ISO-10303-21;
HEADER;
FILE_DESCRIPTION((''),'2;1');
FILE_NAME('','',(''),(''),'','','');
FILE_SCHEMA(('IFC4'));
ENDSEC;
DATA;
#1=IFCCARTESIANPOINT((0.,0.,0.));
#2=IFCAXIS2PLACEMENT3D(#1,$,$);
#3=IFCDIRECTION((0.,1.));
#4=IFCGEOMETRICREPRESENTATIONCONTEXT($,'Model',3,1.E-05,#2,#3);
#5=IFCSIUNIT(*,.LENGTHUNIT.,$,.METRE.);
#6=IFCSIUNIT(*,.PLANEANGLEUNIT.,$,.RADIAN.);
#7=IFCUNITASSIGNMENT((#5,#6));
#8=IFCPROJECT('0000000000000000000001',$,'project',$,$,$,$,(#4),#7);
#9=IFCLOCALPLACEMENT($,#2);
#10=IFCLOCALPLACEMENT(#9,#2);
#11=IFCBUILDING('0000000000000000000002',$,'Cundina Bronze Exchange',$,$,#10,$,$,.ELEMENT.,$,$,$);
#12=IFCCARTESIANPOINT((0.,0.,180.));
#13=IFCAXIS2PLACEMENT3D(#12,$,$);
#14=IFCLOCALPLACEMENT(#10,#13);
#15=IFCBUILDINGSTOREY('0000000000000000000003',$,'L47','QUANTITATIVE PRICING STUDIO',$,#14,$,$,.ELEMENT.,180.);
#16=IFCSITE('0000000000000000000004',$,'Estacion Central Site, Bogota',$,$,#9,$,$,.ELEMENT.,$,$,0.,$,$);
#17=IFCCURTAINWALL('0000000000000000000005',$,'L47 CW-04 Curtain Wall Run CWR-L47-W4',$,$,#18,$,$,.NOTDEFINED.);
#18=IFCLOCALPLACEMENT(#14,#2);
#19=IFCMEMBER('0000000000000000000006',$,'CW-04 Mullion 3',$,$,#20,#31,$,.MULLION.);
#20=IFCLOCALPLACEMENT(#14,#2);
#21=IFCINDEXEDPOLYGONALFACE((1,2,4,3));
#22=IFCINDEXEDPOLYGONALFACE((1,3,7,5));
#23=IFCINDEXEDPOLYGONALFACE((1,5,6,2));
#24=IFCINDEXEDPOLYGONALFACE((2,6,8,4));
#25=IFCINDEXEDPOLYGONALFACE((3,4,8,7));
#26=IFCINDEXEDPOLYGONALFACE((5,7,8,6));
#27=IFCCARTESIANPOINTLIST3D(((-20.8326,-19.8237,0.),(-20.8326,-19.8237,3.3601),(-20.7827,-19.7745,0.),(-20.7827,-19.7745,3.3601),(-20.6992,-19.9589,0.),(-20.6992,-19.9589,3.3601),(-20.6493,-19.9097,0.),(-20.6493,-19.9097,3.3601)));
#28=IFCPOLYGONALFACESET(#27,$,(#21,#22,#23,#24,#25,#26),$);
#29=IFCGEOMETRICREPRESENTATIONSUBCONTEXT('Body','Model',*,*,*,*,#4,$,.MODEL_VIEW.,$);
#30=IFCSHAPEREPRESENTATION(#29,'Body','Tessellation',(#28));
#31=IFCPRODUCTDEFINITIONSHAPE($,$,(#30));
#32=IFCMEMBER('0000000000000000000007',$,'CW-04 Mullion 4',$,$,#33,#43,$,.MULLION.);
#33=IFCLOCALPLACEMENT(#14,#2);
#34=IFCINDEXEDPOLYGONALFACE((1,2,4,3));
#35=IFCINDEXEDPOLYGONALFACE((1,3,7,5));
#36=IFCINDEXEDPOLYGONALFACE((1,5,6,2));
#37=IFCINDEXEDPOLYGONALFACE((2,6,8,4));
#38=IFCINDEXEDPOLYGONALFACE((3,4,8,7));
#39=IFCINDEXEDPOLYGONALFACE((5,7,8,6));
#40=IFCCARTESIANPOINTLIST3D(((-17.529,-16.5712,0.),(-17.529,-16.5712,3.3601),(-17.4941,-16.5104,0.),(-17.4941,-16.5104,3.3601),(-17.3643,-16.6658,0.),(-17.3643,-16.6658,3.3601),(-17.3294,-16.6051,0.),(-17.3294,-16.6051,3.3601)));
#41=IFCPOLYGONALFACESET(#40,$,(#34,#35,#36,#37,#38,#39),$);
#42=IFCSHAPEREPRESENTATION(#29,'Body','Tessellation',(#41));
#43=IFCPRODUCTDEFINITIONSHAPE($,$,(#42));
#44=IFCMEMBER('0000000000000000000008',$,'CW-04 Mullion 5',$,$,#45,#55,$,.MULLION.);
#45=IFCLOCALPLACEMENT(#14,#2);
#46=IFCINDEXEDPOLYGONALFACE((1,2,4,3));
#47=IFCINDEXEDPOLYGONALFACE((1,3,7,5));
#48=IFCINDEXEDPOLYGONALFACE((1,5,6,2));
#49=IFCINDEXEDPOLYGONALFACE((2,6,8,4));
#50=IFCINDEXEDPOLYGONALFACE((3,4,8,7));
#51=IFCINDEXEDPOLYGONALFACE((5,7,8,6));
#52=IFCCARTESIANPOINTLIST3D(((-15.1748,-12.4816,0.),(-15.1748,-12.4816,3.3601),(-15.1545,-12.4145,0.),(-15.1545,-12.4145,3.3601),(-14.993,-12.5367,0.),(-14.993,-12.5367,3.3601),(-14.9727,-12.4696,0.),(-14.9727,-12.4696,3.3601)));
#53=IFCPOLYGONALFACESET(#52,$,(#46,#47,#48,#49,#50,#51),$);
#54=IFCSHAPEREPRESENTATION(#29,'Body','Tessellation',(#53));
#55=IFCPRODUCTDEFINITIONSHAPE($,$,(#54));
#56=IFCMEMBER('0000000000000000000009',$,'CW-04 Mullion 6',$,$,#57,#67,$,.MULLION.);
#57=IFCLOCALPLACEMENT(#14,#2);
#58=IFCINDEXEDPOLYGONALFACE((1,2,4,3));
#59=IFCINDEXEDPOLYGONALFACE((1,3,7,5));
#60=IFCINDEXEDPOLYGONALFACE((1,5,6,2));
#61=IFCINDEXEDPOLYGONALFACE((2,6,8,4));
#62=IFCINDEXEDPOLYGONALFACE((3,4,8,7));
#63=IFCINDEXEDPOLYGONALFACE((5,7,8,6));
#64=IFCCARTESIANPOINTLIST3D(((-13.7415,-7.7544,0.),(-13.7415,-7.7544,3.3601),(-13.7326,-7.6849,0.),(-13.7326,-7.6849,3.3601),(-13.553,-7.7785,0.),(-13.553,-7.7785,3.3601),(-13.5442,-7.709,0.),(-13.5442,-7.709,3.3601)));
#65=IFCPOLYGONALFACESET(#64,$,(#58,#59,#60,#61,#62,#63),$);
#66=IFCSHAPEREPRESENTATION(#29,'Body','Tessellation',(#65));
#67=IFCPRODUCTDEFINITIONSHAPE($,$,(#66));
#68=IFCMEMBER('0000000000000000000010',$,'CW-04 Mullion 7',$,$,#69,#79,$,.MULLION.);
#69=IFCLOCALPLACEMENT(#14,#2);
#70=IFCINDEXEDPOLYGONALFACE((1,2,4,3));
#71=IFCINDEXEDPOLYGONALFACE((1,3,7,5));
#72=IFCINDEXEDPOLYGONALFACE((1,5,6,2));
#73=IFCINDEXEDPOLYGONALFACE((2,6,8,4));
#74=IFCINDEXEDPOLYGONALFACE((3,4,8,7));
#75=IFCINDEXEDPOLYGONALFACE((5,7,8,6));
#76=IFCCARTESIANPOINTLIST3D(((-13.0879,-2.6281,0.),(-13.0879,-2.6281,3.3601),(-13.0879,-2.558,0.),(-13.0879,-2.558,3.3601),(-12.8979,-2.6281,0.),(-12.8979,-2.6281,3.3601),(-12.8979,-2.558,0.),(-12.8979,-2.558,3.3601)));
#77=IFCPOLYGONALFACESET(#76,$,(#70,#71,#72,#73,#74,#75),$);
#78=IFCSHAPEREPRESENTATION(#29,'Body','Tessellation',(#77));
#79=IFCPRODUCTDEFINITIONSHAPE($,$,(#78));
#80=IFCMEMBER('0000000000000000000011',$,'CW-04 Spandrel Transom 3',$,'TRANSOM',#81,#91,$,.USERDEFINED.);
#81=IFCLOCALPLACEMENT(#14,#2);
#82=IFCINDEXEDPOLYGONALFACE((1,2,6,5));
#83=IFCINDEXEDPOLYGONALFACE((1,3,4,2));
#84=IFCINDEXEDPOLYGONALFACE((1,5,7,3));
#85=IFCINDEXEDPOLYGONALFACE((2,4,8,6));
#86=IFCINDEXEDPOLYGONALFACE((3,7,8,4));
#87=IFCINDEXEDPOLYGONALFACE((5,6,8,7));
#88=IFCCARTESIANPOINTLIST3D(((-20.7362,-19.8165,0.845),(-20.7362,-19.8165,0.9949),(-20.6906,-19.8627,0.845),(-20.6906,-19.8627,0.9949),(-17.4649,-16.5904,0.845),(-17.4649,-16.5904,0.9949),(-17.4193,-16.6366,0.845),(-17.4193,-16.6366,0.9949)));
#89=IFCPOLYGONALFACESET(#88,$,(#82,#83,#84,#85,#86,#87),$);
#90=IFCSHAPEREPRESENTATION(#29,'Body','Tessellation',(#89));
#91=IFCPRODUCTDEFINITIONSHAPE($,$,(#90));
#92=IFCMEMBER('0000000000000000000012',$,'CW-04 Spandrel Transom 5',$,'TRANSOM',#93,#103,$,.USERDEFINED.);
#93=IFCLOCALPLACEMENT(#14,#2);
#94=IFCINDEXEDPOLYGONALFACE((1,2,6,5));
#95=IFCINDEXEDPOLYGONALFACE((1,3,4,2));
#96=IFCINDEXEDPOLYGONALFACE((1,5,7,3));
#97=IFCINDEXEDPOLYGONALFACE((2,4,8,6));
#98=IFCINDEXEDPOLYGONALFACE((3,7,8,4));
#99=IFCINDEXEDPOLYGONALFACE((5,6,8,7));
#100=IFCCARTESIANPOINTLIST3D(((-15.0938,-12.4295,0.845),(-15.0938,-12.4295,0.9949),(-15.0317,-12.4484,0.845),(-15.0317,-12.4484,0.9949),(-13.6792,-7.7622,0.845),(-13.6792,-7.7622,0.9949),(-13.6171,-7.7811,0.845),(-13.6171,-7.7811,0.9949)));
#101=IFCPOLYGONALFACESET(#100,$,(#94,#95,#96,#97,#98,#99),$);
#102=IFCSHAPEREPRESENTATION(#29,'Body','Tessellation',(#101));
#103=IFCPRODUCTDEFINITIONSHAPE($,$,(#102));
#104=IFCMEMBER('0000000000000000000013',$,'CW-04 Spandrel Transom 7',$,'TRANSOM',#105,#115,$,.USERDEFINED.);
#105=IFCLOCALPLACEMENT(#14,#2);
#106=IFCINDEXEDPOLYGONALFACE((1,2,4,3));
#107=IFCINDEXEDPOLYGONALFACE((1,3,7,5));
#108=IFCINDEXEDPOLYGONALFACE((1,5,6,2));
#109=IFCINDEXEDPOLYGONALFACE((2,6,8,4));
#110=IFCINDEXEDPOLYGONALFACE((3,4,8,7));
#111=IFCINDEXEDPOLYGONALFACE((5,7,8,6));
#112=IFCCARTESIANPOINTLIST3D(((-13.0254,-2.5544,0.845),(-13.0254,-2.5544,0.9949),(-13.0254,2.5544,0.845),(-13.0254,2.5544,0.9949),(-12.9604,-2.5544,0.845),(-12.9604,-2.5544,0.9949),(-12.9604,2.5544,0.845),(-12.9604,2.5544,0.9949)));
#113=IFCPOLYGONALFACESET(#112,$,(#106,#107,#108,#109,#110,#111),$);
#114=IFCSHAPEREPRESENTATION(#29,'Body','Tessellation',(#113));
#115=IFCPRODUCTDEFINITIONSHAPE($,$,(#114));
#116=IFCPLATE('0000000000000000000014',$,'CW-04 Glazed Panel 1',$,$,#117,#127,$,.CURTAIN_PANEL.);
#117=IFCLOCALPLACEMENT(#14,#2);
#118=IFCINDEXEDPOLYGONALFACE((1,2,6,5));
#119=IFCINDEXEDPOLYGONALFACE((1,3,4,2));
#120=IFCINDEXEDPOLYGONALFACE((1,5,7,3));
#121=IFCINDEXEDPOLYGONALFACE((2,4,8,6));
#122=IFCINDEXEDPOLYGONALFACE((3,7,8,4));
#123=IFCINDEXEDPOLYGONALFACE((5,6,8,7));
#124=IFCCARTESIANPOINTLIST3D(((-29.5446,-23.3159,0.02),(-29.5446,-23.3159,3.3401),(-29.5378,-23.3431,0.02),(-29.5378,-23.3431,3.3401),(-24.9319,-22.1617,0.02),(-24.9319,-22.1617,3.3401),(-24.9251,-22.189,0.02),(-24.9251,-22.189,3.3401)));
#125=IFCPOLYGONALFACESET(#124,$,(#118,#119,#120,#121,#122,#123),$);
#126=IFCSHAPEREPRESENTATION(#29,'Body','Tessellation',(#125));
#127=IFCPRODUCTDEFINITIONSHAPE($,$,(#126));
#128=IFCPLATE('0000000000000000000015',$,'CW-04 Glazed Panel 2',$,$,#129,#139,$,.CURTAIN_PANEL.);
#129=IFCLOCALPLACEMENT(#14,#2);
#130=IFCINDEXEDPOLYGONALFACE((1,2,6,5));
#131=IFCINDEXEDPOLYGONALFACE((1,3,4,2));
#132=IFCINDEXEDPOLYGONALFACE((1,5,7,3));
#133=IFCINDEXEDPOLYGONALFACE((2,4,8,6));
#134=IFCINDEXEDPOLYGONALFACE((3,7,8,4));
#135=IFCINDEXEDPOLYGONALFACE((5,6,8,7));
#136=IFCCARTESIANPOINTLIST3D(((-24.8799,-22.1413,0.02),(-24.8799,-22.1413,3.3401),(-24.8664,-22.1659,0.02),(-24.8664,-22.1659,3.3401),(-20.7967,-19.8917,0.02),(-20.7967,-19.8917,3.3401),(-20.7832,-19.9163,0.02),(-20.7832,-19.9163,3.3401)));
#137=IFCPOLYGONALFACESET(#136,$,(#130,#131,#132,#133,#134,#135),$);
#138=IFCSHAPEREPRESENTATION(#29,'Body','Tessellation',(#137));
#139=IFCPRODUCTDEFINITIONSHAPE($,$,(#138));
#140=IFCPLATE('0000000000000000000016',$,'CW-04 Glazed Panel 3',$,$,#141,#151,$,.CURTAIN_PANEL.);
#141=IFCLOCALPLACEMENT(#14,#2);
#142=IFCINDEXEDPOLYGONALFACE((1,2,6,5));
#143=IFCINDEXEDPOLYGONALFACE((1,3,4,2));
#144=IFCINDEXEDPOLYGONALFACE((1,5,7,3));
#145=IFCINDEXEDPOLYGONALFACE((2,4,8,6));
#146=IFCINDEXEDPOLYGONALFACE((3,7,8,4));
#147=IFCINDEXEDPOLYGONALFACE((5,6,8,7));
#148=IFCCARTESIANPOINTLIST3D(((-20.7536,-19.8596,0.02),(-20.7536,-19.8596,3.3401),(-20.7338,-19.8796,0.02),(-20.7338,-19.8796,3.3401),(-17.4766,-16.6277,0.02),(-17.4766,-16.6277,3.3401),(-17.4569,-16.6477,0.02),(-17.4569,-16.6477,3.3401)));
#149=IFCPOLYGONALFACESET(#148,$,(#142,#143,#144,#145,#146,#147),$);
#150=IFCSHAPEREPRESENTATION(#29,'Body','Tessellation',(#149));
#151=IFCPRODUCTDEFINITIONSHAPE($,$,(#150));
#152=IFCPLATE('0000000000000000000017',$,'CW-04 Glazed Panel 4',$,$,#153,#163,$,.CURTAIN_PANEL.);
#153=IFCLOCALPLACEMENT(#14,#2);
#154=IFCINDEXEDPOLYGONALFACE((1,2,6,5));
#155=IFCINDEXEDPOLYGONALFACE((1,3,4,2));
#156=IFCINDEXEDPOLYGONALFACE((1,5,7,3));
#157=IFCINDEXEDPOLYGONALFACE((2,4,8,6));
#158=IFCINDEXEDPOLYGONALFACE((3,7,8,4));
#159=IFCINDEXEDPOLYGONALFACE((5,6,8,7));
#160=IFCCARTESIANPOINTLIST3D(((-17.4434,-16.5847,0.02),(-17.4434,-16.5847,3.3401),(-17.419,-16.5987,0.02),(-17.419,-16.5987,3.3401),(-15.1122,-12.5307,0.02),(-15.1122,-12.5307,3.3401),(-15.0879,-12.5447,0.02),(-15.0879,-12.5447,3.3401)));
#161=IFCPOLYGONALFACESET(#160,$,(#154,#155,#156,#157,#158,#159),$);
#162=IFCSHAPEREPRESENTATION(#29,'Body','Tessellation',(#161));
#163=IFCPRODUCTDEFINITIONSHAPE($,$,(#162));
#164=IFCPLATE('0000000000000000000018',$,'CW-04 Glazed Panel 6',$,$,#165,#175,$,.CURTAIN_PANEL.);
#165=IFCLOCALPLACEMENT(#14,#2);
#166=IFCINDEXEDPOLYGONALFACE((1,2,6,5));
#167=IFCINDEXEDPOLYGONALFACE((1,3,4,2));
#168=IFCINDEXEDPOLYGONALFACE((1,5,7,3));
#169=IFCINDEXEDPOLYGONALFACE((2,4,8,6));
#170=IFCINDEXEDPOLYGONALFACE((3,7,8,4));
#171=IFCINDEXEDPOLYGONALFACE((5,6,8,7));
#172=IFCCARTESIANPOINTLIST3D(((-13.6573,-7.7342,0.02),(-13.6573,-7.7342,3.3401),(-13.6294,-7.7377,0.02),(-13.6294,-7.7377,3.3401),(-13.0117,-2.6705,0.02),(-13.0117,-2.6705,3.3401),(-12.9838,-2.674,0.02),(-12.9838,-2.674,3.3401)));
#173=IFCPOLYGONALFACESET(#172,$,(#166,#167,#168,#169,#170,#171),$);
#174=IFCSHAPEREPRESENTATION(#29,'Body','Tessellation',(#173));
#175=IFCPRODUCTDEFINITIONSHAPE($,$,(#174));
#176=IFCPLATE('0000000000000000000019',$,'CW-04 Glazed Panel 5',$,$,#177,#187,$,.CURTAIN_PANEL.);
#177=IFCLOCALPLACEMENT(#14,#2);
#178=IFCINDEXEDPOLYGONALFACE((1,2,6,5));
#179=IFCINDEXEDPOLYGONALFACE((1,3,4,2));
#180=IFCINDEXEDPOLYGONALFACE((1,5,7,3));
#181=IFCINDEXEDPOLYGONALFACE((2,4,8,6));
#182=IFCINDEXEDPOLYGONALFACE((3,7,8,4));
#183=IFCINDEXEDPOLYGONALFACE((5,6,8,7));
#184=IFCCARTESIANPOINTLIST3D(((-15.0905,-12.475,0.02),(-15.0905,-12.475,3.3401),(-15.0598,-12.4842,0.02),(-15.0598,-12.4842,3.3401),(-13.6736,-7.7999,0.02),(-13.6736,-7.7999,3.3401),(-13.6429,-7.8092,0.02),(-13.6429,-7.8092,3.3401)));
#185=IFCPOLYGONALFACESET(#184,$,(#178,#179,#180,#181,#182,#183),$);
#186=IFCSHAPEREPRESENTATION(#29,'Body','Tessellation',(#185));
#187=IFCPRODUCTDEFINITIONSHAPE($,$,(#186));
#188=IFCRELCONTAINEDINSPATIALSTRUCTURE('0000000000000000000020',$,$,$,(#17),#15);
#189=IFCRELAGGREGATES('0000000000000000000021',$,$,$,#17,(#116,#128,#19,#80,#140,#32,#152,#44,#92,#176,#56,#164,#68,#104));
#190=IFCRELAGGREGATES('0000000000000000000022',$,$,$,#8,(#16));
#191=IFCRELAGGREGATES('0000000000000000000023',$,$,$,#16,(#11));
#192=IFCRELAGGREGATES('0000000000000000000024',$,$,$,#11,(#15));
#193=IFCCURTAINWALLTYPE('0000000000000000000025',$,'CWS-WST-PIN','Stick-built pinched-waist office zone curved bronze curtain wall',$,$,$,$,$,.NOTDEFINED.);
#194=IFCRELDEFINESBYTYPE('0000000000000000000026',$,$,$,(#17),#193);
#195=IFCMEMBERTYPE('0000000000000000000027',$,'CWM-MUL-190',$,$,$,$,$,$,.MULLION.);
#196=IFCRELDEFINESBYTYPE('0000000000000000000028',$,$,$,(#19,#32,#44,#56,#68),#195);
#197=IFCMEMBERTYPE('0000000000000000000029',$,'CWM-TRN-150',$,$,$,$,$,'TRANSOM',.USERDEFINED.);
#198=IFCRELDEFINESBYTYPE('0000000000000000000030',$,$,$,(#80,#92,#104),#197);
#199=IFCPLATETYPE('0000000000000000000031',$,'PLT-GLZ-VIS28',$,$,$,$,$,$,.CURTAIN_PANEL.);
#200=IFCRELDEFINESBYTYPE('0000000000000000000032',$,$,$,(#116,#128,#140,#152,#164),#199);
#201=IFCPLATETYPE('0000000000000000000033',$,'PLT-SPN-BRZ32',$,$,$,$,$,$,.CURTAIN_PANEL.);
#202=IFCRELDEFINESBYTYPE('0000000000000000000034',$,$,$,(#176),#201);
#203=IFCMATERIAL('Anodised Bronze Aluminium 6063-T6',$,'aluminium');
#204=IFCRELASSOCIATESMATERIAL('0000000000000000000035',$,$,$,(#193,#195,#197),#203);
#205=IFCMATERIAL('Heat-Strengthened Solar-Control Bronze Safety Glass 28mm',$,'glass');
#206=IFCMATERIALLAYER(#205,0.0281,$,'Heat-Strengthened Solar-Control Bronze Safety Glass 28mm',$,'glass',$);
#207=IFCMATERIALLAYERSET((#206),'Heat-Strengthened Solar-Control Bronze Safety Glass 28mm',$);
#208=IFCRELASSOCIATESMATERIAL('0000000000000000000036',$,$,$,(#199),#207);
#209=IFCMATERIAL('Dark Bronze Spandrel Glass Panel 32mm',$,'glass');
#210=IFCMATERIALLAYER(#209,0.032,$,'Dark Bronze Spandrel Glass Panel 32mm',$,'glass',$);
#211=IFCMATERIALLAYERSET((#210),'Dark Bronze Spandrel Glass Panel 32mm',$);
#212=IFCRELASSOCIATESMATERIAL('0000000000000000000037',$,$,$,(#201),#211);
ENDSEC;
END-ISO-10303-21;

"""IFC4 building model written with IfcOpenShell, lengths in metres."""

from ifc_helpers import new_model, si_unit, direction, frame, origin, origin_2d, place, context, subcontext, project, spatial, rectangle, extrude, material, layer, layer_set, material_profile, profile_set, type_object, element, aggregate, save


model = new_model("IFC4")

# Units and contexts
model_context = context("Model", 3, precision=1e-05, world=origin(), true_north=direction((0.0, 1.0)))
body_context = subcontext(model_context, "Body", "Model", "MODEL_VIEW")
ifc_project = project(units=[si_unit("LENGTHUNIT", "METRE"), si_unit("PLANEANGLEUNIT", "RADIAN")], contexts=[model_context])

# Site, building, storey
site_placement = place(None, origin())
site = spatial("IfcSite", under=ifc_project, at=site_placement, Name="Estacion Central Site, Bogota", CompositionType="ELEMENT", RefElevation=0.0)
building_placement = place(site_placement, origin())
building = spatial("IfcBuilding", under=site, at=building_placement, Name="Cundina Bronze Exchange", CompositionType="ELEMENT")
storey_placement = place(building_placement, frame((0.0, 0.0, 180.0)))
storey = spatial("IfcBuildingStorey", under=building, at=storey_placement, Name="L47", Description="QUANTITATIVE PRICING STUDIO", CompositionType="ELEMENT", Elevation=180.0)

# Curtain wall, members, plates
ifc_material_1 = material(Name="Anodised Bronze Aluminium 6063-T6", Category="aluminium")
curtain_wall_type = type_object("IfcCurtainWallType", Name="CWS-WST-PIN", Description="Stick-built pinched-waist office zone curved bronze curtain wall", PredefinedType="NOTDEFINED", material=ifc_material_1)
curtain_wall_placement = place(storey_placement, origin())
curtain_wall = element("IfcCurtainWall", 1, at=curtain_wall_placement, inside=storey, type_object=curtain_wall_type, Name="L47 CW-04 Curtain Wall Run CWR-L47-W4", PredefinedType="NOTDEFINED")
ifc_material_profile_1 = material_profile(ifc_material_1, rectangle(XDim=0.0701, YDim=0.1899, at=origin_2d()), Name="AL70X190", Category="aluminium")
ifc_profile_set_1 = profile_set([ifc_material_profile_1], Name="Anodised Bronze Aluminium 6063-T6")
member_type_1 = type_object("IfcMemberType", Name="CWM-MUL-190", PredefinedType="MULLION", material=ifc_profile_set_1)
member_1_placement = place(storey_placement, frame((-20.741, -19.8667, 0.0), z_axis=(0.0, 0.0, 1.0), x_axis=(0.712026, 0.702153, 0.0)))
member_1 = element("IfcMember", 2, at=member_1_placement, type_object=member_type_1, Name="CW-04 Mullion 3", PredefinedType="MULLION", context=body_context, shape_type="SweptSolid", body=[
    extrude(rectangle(XDim=0.0701, YDim=0.1899, at=origin_2d()), origin(), (0.0, 0.0, 1.0), 3.3601),
])
member_2_placement = place(storey_placement, frame((-17.4292, -16.5881, 0.0), z_axis=(0.0, 0.0, 1.0), x_axis=(0.498488, 0.866897, 0.0)))
member_2 = element("IfcMember", 3, at=member_2_placement, type_object=member_type_1, Name="CW-04 Mullion 4", PredefinedType="MULLION", context=body_context, shape_type="SweptSolid", body=[
    extrude(rectangle(XDim=0.0701, YDim=0.1899, at=origin_2d()), origin(), (0.0, 0.0, 1.0), 3.3601),
])
member_3_placement = place(storey_placement, frame((-15.0737, -12.4756, 0.0), z_axis=(0.0, 0.0, 1.0), x_axis=(0.290034, 0.957016, 0.0)))
member_3 = element("IfcMember", 4, at=member_3_placement, type_object=member_type_1, Name="CW-04 Mullion 5", PredefinedType="MULLION", context=body_context, shape_type="SweptSolid", body=[
    extrude(rectangle(XDim=0.0701, YDim=0.1899, at=origin_2d()), origin(), (0.0, 0.0, 1.0), 3.3601),
])
member_4_placement = place(storey_placement, frame((-13.6428, -7.7317, 0.0), z_axis=(0.0, 0.0, 1.0), x_axis=(0.126545, 0.991961, 0.0)))
member_4 = element("IfcMember", 5, at=member_4_placement, type_object=member_type_1, Name="CW-04 Mullion 6", PredefinedType="MULLION", context=body_context, shape_type="SweptSolid", body=[
    extrude(rectangle(XDim=0.0701, YDim=0.1899, at=origin_2d()), origin(), (0.0, 0.0, 1.0), 3.3601),
])
member_5_placement = place(storey_placement, frame((-12.9929, -2.593, 0.0), z_axis=(0.0, 0.0, 1.0), x_axis=(0.0, 1.0, 0.0)))
member_5 = element("IfcMember", 6, at=member_5_placement, type_object=member_type_1, Name="CW-04 Mullion 7", PredefinedType="MULLION", context=body_context, shape_type="SweptSolid", body=[
    extrude(rectangle(XDim=0.0701, YDim=0.1899, at=origin_2d()), origin(), (0.0, 0.0, 1.0), 3.3601),
])
ifc_material_profile_2 = material_profile(ifc_material_1, rectangle(XDim=0.0649, YDim=0.1499, at=origin_2d()), Name="AL65X150", Category="aluminium")
ifc_profile_set_2 = profile_set([ifc_material_profile_2], Name="Anodised Bronze Aluminium 6063-T6")
member_type_2 = type_object("IfcMemberType", Name="CWM-TRN-150", ElementType="TRANSOM", PredefinedType="USERDEFINED", material=ifc_profile_set_2)
member_6_placement = place(storey_placement, frame((-20.7134, -19.8396, 0.9199), z_axis=(0.712005, 0.702174, 0.0), x_axis=(-0.702174, 0.712005, 0.0)))
member_6 = element("IfcMember", 7, at=member_6_placement, type_object=member_type_2, Name="CW-04 Spandrel Transom 3", ObjectType="TRANSOM", PredefinedType="USERDEFINED", context=body_context, shape_type="SweptSolid", body=[
    extrude(rectangle(XDim=0.0649, YDim=0.1499, at=origin_2d()), origin(), (0.0, 0.0, 1.0), 4.5945),
])
member_7_placement = place(storey_placement, frame((-15.0627, -12.439, 0.9199), z_axis=(0.290052, 0.957011, 0.0), x_axis=(-0.957011, 0.290052, 0.0)))
member_7 = element("IfcMember", 8, at=member_7_placement, type_object=member_type_2, Name="CW-04 Spandrel Transom 5", ObjectType="TRANSOM", PredefinedType="USERDEFINED", context=body_context, shape_type="SweptSolid", body=[
    extrude(rectangle(XDim=0.0649, YDim=0.1499, at=origin_2d()), origin(), (0.0, 0.0, 1.0), 4.877),
])
member_8_placement = place(storey_placement, frame((-12.9929, -2.5544, 0.9199), z_axis=(0.0, 1.0, 0.0), x_axis=(-1.0, 0.0, 0.0)))
member_8 = element("IfcMember", 9, at=member_8_placement, type_object=member_type_2, Name="CW-04 Spandrel Transom 7", ObjectType="TRANSOM", PredefinedType="USERDEFINED", context=body_context, shape_type="SweptSolid", body=[
    extrude(rectangle(XDim=0.0649, YDim=0.1499, at=origin_2d()), origin(), (0.0, 0.0, 1.0), 5.1089),
])
ifc_material_2 = material(Name="Heat-Strengthened Solar-Control Bronze Safety Glass 28mm", Category="glass")
ifc_layer_1 = layer(ifc_material_2, 0.0281, Name="Heat-Strengthened Solar-Control Bronze Safety Glass 28mm", Category="glass")
ifc_layer_set_1 = layer_set([ifc_layer_1], Name="Heat-Strengthened Solar-Control Bronze Safety Glass 28mm")
plate_type_1 = type_object("IfcPlateType", Name="PLT-GLZ-VIS28", PredefinedType="CURTAIN_PANEL", material=ifc_layer_set_1)
plate_1_placement = place(storey_placement, frame((-27.2349, -22.7524, 0.02), z_axis=(0.0, 0.0, 1.0), x_axis=(0.970093, 0.242735, 0.0)))
plate_1 = element("IfcPlate", 10, at=plate_1_placement, type_object=plate_type_1, Name="CW-04 Glazed Panel 1", PredefinedType="CURTAIN_PANEL", context=body_context, shape_type="SweptSolid", body=[
    extrude(rectangle(XDim=4.7549, YDim=0.0281, at=origin_2d()), origin(), (0.0, 0.0, 1.0), 3.3201),
])
plate_2_placement = place(storey_placement, frame((-22.8315, -21.0288, 0.02), z_axis=(0.0, 0.0, 1.0), x_axis=(0.875869, 0.482549, 0.0)))
plate_2 = element("IfcPlate", 11, at=plate_2_placement, type_object=plate_type_1, Name="CW-04 Glazed Panel 2", PredefinedType="CURTAIN_PANEL", context=body_context, shape_type="SweptSolid", body=[
    extrude(rectangle(XDim=4.6619, YDim=0.0281, at=origin_2d()), origin(), (0.0, 0.0, 1.0), 3.3201),
])
plate_3_placement = place(storey_placement, frame((-19.1052, -18.2537, 0.02), z_axis=(0.0, 0.0, 1.0), x_axis=(0.711989, 0.70219, 0.0)))
plate_3 = element("IfcPlate", 12, at=plate_3_placement, type_object=plate_type_1, Name="CW-04 Glazed Panel 3", PredefinedType="CURTAIN_PANEL", context=body_context, shape_type="SweptSolid", body=[
    extrude(rectangle(XDim=4.6025, YDim=0.0281, at=origin_2d()), origin(), (0.0, 0.0, 1.0), 3.3201),
])
plate_4_placement = place(storey_placement, frame((-16.2656, -14.5647, 0.02), z_axis=(0.0, 0.0, 1.0), x_axis=(0.498488, 0.866897, 0.0)))
plate_4 = element("IfcPlate", 13, at=plate_4_placement, type_object=plate_type_1, Name="CW-04 Glazed Panel 4", PredefinedType="CURTAIN_PANEL", context=body_context, shape_type="SweptSolid", body=[
    extrude(rectangle(XDim=4.6765, YDim=0.0281, at=origin_2d()), origin(), (0.0, 0.0, 1.0), 3.3201),
])
plate_5_placement = place(storey_placement, frame((-13.3206, -5.2041, 0.02), z_axis=(0.0, 0.0, 1.0), x_axis=(0.126476, 0.99197, 0.0)))
plate_5 = element("IfcPlate", 14, at=plate_5_placement, type_object=plate_type_1, Name="CW-04 Glazed Panel 6", PredefinedType="CURTAIN_PANEL", context=body_context, shape_type="SweptSolid", body=[
    extrude(rectangle(XDim=5.1047, YDim=0.0281, at=origin_2d()), origin(), (0.0, 0.0, 1.0), 3.3201),
])
ifc_material_3 = material(Name="Dark Bronze Spandrel Glass Panel 32mm", Category="glass")
ifc_layer_2 = layer(ifc_material_3, 0.032, Name="Dark Bronze Spandrel Glass Panel 32mm", Category="glass")
ifc_layer_set_2 = layer_set([ifc_layer_2], Name="Dark Bronze Spandrel Glass Panel 32mm")
plate_type_2 = type_object("IfcPlateType", Name="PLT-SPN-BRZ32", PredefinedType="CURTAIN_PANEL", material=ifc_layer_set_2)
plate_6_placement = place(storey_placement, frame((-14.3667, -10.1421, 0.02), z_axis=(0.0, 0.0, 1.0), x_axis=(0.290051, 0.957011, 0.0)))
plate_6 = element("IfcPlate", 15, at=plate_6_placement, type_object=plate_type_2, Name="CW-04 Glazed Panel 5", PredefinedType="CURTAIN_PANEL", context=body_context, shape_type="SweptSolid", body=[
    extrude(rectangle(XDim=4.885, YDim=0.032, at=origin_2d()), origin(), (0.0, 0.0, 1.0), 3.3201),
])
aggregate(curtain_wall, [plate_1, plate_2, member_1, member_6, plate_3, member_2, plate_4, member_3, member_7, plate_6, member_4, plate_5, member_5, member_8])

save(model, "model.ifc")
